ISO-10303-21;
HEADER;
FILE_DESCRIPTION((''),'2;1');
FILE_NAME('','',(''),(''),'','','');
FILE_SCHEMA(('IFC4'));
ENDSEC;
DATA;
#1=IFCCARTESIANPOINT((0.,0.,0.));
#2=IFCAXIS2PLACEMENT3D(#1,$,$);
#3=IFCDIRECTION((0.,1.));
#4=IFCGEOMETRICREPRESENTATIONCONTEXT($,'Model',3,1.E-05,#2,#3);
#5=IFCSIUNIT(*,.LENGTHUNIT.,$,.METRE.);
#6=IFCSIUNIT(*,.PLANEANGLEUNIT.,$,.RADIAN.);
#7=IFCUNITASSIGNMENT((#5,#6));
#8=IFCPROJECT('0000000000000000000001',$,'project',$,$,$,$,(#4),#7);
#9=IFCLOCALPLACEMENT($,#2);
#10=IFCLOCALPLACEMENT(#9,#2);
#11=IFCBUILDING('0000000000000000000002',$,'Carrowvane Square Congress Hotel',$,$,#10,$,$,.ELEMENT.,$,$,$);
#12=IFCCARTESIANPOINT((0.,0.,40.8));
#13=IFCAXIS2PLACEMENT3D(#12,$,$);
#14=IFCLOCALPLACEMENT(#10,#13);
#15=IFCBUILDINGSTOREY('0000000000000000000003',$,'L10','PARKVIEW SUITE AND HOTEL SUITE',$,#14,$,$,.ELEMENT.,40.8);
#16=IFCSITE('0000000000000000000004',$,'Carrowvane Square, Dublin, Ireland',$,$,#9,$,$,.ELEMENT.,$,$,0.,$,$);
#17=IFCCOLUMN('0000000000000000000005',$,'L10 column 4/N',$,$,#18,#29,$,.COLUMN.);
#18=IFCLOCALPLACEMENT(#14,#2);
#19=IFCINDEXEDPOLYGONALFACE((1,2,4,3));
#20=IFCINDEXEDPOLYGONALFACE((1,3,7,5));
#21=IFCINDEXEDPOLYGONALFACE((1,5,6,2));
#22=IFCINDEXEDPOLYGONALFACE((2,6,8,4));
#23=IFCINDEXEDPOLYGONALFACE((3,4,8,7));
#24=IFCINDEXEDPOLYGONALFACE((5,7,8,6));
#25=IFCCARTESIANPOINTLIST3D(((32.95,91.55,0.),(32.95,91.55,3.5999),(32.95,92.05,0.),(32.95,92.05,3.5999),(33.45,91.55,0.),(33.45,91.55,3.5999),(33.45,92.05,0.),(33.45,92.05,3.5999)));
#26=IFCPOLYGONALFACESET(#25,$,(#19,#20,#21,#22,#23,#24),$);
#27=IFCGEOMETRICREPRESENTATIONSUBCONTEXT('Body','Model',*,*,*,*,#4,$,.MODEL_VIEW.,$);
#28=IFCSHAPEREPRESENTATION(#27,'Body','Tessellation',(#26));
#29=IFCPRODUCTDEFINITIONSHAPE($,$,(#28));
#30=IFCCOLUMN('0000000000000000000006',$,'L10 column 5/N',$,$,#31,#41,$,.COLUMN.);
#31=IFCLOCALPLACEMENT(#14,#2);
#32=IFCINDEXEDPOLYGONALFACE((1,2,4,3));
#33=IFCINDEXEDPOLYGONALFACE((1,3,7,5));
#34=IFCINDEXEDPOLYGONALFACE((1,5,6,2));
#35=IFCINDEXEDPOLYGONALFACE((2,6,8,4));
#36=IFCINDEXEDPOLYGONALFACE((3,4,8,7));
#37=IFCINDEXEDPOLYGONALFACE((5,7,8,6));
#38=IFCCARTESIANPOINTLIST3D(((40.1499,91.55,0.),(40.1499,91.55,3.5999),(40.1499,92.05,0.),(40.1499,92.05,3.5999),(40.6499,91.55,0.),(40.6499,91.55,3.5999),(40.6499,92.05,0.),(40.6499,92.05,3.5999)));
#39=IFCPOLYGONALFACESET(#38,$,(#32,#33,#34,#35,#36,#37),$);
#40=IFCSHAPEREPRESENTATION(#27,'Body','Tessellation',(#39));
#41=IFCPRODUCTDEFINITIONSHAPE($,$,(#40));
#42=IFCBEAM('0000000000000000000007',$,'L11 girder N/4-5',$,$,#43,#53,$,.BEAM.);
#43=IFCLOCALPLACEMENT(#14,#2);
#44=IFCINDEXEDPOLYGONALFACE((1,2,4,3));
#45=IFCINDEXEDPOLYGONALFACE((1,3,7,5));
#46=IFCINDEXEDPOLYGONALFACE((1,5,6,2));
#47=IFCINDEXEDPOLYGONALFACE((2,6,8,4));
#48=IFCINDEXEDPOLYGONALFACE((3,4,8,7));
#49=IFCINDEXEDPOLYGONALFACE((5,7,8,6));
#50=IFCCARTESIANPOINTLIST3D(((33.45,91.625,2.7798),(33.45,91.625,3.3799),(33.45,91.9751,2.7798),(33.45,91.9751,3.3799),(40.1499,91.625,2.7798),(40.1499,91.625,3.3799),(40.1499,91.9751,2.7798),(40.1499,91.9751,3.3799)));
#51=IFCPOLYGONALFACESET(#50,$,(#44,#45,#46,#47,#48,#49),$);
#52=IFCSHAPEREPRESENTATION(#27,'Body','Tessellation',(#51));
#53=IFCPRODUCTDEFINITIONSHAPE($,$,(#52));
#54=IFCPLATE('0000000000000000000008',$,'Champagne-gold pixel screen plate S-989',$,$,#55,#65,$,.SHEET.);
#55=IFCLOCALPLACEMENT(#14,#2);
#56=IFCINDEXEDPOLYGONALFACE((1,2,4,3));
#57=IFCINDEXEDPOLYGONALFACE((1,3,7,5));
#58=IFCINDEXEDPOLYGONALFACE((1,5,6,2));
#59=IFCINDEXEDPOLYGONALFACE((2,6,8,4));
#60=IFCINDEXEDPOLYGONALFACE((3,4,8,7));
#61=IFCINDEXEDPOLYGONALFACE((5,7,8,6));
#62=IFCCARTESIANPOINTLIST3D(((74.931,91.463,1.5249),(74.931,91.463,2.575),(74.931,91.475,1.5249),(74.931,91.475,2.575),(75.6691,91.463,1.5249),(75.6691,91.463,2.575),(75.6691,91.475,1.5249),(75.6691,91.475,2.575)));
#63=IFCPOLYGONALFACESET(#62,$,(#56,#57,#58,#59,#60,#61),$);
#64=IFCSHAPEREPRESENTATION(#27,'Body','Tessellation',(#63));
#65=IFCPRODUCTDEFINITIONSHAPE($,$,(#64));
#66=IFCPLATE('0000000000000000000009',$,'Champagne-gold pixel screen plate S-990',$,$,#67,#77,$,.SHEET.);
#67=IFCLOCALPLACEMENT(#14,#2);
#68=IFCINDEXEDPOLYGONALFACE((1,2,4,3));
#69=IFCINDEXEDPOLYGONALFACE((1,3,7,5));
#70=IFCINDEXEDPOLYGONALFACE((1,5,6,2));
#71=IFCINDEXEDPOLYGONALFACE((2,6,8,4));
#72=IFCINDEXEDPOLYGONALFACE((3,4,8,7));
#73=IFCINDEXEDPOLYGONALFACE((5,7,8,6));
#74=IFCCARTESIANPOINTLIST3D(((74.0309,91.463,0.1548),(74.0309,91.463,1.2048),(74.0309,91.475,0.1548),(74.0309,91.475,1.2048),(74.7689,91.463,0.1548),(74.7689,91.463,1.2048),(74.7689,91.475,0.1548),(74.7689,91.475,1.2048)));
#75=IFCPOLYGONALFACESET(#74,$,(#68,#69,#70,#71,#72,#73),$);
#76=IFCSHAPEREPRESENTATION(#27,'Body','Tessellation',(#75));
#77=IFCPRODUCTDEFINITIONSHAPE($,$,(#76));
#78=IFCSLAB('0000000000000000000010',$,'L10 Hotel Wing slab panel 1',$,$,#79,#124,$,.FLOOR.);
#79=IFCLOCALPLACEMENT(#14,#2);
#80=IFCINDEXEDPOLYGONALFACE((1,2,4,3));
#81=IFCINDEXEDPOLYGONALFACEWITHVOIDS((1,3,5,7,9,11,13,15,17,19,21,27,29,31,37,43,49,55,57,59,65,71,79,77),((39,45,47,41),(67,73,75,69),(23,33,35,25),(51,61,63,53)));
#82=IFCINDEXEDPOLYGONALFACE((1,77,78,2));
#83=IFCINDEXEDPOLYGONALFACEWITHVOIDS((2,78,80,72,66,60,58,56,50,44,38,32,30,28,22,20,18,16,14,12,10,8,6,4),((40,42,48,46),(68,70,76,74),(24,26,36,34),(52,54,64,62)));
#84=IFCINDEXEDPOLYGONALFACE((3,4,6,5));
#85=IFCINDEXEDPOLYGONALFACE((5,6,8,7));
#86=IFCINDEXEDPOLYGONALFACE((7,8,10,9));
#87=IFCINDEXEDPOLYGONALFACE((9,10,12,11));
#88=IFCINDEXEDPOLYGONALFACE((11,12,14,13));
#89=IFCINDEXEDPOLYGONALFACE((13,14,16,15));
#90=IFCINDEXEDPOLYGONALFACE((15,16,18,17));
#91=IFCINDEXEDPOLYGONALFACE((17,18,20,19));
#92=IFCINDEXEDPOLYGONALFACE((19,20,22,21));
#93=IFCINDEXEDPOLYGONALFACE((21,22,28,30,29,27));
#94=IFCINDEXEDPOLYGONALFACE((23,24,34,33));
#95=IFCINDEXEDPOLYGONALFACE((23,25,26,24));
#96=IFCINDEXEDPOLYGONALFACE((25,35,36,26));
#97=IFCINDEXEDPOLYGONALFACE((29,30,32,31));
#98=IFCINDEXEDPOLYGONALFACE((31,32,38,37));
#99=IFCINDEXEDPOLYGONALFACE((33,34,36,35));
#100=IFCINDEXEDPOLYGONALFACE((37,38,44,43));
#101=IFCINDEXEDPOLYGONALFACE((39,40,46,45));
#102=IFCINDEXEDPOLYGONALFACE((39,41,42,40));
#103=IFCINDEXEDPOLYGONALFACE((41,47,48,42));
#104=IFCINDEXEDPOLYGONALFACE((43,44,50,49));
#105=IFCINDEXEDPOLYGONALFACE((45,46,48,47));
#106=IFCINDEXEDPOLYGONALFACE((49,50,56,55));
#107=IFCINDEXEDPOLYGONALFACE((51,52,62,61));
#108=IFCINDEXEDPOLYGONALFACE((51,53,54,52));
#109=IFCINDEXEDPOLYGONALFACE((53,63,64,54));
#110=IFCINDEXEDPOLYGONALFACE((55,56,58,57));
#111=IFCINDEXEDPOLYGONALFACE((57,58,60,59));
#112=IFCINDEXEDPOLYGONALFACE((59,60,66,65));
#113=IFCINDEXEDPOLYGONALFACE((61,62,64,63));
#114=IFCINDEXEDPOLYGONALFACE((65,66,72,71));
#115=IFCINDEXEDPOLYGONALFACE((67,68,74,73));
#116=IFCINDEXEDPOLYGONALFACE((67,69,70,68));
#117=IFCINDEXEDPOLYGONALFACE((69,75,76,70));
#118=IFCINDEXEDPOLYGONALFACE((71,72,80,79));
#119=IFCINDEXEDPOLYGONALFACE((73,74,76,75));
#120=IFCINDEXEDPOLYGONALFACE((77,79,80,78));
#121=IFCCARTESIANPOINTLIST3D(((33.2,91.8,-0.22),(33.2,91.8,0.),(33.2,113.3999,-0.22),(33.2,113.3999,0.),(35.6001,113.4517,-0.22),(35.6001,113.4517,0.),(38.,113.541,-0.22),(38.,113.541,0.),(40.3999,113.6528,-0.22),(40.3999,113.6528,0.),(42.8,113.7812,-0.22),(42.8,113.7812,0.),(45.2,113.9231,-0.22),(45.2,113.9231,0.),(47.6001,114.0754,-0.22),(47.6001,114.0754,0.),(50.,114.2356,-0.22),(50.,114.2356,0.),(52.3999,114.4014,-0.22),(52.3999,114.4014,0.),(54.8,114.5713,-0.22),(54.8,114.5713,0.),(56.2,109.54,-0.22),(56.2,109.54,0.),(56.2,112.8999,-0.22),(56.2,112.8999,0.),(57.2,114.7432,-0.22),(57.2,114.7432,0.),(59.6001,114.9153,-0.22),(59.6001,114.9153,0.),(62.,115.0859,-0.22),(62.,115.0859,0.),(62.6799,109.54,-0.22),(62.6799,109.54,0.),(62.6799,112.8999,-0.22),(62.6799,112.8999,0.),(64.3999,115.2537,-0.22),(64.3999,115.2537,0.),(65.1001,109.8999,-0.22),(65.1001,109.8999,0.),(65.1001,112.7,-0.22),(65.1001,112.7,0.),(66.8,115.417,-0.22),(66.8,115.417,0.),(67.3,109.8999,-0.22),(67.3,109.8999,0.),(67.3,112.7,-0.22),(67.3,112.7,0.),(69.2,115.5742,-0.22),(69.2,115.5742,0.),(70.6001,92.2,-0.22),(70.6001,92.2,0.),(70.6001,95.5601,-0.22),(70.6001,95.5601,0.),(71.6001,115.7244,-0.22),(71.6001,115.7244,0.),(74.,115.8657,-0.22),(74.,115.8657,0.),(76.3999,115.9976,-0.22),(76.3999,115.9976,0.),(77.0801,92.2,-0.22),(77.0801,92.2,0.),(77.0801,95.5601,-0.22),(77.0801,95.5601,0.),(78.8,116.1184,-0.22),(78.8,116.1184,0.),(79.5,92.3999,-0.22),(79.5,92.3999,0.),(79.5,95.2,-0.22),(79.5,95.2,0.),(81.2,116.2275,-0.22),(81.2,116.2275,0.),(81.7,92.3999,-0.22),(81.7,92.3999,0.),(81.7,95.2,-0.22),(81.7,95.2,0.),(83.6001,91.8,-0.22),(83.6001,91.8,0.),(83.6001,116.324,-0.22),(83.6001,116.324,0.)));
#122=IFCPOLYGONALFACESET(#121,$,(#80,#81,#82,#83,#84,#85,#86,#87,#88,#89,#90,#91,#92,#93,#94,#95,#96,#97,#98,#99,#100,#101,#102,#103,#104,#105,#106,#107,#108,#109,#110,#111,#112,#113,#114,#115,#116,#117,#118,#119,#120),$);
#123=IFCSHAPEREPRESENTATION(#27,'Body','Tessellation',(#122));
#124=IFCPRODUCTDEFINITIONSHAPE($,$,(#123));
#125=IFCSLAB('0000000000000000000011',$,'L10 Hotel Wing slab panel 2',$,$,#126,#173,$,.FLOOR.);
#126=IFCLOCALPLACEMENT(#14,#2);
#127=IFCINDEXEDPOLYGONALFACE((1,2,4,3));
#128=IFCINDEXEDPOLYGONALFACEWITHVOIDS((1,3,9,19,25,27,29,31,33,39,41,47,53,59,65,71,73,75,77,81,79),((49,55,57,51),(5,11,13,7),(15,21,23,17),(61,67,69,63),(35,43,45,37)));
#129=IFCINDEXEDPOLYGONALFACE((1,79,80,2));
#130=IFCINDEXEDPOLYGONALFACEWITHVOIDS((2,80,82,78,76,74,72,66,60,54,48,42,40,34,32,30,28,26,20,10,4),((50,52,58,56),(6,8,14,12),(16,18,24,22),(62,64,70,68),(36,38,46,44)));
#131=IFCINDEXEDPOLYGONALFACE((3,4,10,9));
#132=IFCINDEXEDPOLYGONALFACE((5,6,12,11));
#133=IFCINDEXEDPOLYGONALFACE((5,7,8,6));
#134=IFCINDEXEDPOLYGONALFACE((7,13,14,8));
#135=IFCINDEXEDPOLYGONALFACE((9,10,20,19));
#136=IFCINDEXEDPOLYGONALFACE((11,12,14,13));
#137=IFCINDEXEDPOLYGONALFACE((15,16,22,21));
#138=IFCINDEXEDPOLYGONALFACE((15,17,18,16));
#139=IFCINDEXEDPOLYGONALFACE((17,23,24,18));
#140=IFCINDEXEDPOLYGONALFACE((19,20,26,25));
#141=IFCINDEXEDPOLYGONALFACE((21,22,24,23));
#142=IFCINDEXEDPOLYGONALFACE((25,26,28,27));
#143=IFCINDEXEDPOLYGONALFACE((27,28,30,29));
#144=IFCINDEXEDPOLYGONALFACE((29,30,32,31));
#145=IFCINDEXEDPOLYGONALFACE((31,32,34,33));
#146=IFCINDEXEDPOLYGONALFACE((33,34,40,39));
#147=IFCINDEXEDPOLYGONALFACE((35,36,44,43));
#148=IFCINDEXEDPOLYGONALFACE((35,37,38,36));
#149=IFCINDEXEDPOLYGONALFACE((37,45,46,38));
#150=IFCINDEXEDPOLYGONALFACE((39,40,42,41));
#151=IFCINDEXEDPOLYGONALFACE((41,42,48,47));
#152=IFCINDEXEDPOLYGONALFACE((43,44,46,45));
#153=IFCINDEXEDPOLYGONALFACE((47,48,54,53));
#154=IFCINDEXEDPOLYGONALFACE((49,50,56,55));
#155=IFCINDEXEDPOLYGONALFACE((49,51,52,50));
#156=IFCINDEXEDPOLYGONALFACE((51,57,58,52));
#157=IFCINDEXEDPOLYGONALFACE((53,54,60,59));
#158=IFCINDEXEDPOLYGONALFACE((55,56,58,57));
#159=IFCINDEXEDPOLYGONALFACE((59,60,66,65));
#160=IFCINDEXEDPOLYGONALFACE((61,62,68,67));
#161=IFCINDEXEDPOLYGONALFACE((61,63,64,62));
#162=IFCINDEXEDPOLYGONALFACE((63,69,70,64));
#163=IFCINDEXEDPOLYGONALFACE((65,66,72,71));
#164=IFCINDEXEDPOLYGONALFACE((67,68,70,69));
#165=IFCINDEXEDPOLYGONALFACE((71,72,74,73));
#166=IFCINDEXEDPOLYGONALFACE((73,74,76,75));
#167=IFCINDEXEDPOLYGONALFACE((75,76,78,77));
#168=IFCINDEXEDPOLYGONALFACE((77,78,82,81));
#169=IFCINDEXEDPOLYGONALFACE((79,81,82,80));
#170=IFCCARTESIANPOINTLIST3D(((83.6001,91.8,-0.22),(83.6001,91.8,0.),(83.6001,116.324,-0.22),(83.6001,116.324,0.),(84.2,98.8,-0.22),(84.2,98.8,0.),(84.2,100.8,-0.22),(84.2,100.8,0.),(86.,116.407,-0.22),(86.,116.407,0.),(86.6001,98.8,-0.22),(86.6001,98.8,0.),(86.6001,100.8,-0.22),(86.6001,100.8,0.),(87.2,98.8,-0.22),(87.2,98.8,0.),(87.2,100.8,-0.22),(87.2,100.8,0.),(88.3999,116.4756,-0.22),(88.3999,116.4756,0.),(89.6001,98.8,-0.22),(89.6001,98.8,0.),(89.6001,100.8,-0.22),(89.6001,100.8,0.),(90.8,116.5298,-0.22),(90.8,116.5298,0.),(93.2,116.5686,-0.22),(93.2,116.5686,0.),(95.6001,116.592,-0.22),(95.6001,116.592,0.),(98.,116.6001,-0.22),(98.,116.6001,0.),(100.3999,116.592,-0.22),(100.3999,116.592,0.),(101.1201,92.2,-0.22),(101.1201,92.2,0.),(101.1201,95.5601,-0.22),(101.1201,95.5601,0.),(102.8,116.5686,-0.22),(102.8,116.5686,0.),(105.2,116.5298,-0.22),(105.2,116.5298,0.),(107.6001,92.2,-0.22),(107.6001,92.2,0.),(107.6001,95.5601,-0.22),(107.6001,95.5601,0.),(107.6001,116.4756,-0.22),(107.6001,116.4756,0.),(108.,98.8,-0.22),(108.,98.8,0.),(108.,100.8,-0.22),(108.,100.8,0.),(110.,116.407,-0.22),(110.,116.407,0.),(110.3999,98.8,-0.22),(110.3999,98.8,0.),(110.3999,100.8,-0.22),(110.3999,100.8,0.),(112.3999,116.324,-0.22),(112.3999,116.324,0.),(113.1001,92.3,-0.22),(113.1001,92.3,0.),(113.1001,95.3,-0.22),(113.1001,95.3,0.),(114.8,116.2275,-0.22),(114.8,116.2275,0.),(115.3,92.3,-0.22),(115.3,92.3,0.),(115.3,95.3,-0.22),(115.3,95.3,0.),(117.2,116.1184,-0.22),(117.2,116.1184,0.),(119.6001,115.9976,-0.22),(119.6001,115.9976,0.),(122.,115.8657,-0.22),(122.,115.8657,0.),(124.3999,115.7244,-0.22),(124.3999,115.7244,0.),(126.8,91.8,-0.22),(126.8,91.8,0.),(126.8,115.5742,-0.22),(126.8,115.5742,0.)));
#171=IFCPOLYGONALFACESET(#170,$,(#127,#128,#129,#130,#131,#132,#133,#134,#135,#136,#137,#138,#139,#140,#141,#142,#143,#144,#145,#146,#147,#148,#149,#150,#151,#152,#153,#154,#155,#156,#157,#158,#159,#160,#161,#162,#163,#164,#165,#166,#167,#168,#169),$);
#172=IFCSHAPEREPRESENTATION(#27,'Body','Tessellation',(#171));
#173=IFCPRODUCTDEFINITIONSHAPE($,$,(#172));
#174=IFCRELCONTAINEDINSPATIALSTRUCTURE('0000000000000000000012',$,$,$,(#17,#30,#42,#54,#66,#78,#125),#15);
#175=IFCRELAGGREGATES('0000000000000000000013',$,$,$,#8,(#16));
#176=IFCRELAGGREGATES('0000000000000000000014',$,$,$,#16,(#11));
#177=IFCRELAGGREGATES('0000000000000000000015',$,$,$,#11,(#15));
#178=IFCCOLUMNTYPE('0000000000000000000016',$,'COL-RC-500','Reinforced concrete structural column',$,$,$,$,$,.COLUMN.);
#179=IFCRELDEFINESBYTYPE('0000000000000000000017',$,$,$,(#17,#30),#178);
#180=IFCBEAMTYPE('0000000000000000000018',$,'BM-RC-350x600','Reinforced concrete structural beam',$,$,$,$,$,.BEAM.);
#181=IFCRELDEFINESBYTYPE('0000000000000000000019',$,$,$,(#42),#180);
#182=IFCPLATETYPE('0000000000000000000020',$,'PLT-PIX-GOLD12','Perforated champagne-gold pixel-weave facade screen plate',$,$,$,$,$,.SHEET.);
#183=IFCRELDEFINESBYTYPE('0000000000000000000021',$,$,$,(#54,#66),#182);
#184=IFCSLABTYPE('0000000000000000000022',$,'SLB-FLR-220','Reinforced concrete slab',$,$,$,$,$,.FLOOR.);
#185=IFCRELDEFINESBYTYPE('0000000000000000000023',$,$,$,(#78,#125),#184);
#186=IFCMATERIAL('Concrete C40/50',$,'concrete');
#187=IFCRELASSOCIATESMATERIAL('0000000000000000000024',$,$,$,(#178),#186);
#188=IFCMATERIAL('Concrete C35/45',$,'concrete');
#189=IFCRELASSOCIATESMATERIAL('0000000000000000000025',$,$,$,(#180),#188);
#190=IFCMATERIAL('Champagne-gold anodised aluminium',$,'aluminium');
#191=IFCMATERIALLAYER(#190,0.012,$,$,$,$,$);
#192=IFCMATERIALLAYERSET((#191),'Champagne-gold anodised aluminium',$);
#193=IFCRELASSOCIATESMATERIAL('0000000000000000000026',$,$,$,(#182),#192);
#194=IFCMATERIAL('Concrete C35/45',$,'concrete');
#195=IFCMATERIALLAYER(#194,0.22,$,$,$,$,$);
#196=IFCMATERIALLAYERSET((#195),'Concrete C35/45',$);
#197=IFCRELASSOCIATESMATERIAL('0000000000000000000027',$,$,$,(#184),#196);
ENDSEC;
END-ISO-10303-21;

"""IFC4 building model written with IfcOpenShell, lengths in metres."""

from ifc_helpers import new_model, si_unit, direction, frame, origin, origin_2d, place, context, subcontext, project, spatial, polyline, rectangle, outline, extrude, material, layer, layer_set, material_profile, profile_set, type_object, element, save


model = new_model("IFC4")

# Units and contexts
model_context = context("Model", 3, precision=1e-05, world=origin(), true_north=direction((0.0, 1.0)))
body_context = subcontext(model_context, "Body", "Model", "MODEL_VIEW")
ifc_project = project(units=[si_unit("LENGTHUNIT", "METRE"), si_unit("PLANEANGLEUNIT", "RADIAN")], contexts=[model_context])

# Site, building, storey
site_placement = place(None, origin())
site = spatial("IfcSite", under=ifc_project, at=site_placement, Name="Carrowvane Square, Dublin, Ireland", CompositionType="ELEMENT", RefElevation=0.0)
building_placement = place(site_placement, origin())
building = spatial("IfcBuilding", under=site, at=building_placement, Name="Carrowvane Square Congress Hotel", CompositionType="ELEMENT")
storey_placement = place(building_placement, frame((0.0, 0.0, 40.8)))
storey = spatial("IfcBuildingStorey", under=building, at=storey_placement, Name="L10", Description="PARKVIEW SUITE AND HOTEL SUITE", CompositionType="ELEMENT", Elevation=40.8)

# Columns
ifc_material_1 = material(Name="Concrete C40/50", Category="concrete")
ifc_material_profile_1 = material_profile(ifc_material_1, rectangle(XDim=0.5, YDim=0.5, at=origin_2d()), Name="RC 500x500")
ifc_profile_set_1 = profile_set([ifc_material_profile_1], Name="Concrete C40/50")
column_type = type_object("IfcColumnType", Name="COL-RC-500", Description="Reinforced concrete structural column", PredefinedType="COLUMN", material=ifc_profile_set_1)
for number, where, z_axis, x_axis, name in (
    (1, (33.2, 91.8, 0.0), (0.0, 0.0, 1.0), (1.0, 0.0, 0.0), "L10 column 4/N"),
    (2, (40.3999, 91.8, 0.0), (0.0, 0.0, 1.0), (1.0, 0.0, 0.0), "L10 column 5/N"),
):
    element("IfcColumn", number, at=place(storey_placement, frame(where, z_axis=z_axis, x_axis=x_axis)), inside=storey, type_object=column_type, Name=name, PredefinedType="COLUMN", context=body_context, shape_type="SweptSolid", body=[
        extrude(rectangle(XDim=0.5, YDim=0.5, at=origin_2d()), origin(), (0.0, 0.0, 1.0), 3.5999),
    ])

# Beam
ifc_material_2 = material(Name="Concrete C35/45", Category="concrete")
ifc_material_profile_2 = material_profile(ifc_material_2, rectangle(XDim=0.3501, YDim=0.6001, at=origin_2d()), Name="RC 350x600")
ifc_profile_set_2 = profile_set([ifc_material_profile_2], Name="Concrete C35/45")
beam_type = type_object("IfcBeamType", Name="BM-RC-350x600", Description="Reinforced concrete structural beam", PredefinedType="BEAM", material=ifc_profile_set_2)
beam_placement = place(storey_placement, frame((33.45, 91.8, 3.0798), z_axis=(1.0, 0.0, 0.0), x_axis=(0.0, 1.0, 0.0)))
element("IfcBeam", 3, at=beam_placement, inside=storey, type_object=beam_type, Name="L11 girder N/4-5", PredefinedType="BEAM", context=body_context, shape_type="SweptSolid", body=[
    extrude(rectangle(XDim=0.3501, YDim=0.6001, at=origin_2d()), origin(), (0.0, 0.0, 1.0), 6.7),
])

# Plates
ifc_material_3 = material(Name="Champagne-gold anodised aluminium", Category="aluminium")
ifc_layer_1 = layer(ifc_material_3, 0.012)
ifc_layer_set_1 = layer_set([ifc_layer_1], Name="Champagne-gold anodised aluminium")
plate_type = type_object("IfcPlateType", Name="PLT-PIX-GOLD12", Description="Perforated champagne-gold pixel-weave facade screen plate", PredefinedType="SHEET", material=ifc_layer_set_1)
for number, where, z_axis, x_axis, name in (
    (4, (75.3, 91.469, 1.5249), (0.0, 0.0, 1.0), (-1.0, 0.0, 0.0), "Champagne-gold pixel screen plate S-989"),
    (5, (74.3999, 91.469, 0.1548), (0.0, 0.0, 1.0), (-1.0, 0.0, 0.0), "Champagne-gold pixel screen plate S-990"),
):
    element("IfcPlate", number, at=place(storey_placement, frame(where, z_axis=z_axis, x_axis=x_axis)), inside=storey, type_object=plate_type, Name=name, PredefinedType="SHEET", context=body_context, shape_type="SweptSolid", body=[
        extrude(rectangle(XDim=0.738, YDim=0.012, at=origin_2d()), origin(), (0.0, 0.0, 1.0), 1.05),
    ])

# Slabs
ifc_material_4 = material(Name="Concrete C35/45", Category="concrete")
ifc_layer_2 = layer(ifc_material_4, 0.22)
ifc_layer_set_2 = layer_set([ifc_layer_2], Name="Concrete C35/45")
slab_type_1 = type_object("IfcSlabType", Name="SLB-FLR-220", Description="Reinforced concrete slab", PredefinedType="FLOOR", material=ifc_layer_set_2)
slab_1_placement = place(storey_placement, frame((0.0, 0.0, -0.22)))
element("IfcSlab", 6, at=slab_1_placement, inside=storey, type_object=slab_type_1, Name="L10 Hotel Wing slab panel 1", PredefinedType="FLOOR", context=body_context, shape_type="SweptSolid", body=[
    extrude(outline(polyline([(33.2, 91.8), (83.6001, 91.8), (83.6001, 116.324), (81.2, 116.2275), (78.8, 116.1184), (76.3999, 115.9976), (74.0, 115.8657), (71.6001, 115.7244), (69.2, 115.5742), (66.8, 115.417), (64.3999, 115.2537), (62.0, 115.0859), (59.6001, 114.9153), (57.2, 114.7432), (54.8, 114.5713), (52.3999, 114.4014), (50.0, 114.2356), (47.6001, 114.0754), (45.2, 113.9231), (42.8, 113.7812), (40.3999, 113.6528), (38.0, 113.541), (35.6001, 113.4517), (33.2, 113.3999), (33.2, 91.8)]), holes=[polyline([(62.6799, 112.8999), (56.2, 112.8999), (56.2, 109.54), (62.6799, 109.54), (62.6799, 112.8999)]), polyline([(77.0801, 95.5601), (70.6001, 95.5601), (70.6001, 92.2), (77.0801, 92.2), (77.0801, 95.5601)]), polyline([(65.1001, 109.8999), (67.3, 109.8999), (67.3, 112.7), (65.1001, 112.7), (65.1001, 109.8999)]), polyline([(79.5, 92.3999), (81.7, 92.3999), (81.7, 95.2), (79.5, 95.2), (79.5, 92.3999)])]), origin(), (0.0, 0.0, 1.0), 0.22),
])
slab_2_placement = place(storey_placement, frame((0.0, 0.0, -0.22)))
element("IfcSlab", 7, at=slab_2_placement, inside=storey, type_object=slab_type_1, Name="L10 Hotel Wing slab panel 2", PredefinedType="FLOOR", context=body_context, shape_type="SweptSolid", body=[
    extrude(outline(polyline([(83.6001, 91.8), (126.8, 91.8), (126.8, 115.5742), (124.3999, 115.7244), (122.0, 115.8657), (119.6001, 115.9976), (117.2, 116.1184), (114.8, 116.2275), (112.3999, 116.324), (110.0, 116.407), (107.6001, 116.4756), (105.2, 116.5298), (102.8, 116.5686), (100.3999, 116.592), (98.0, 116.6001), (95.6001, 116.592), (93.2, 116.5686), (90.8, 116.5298), (88.3999, 116.4756), (86.0, 116.407), (83.6001, 116.324), (83.6001, 91.8)]), holes=[polyline([(101.1201, 92.2), (107.6001, 92.2), (107.6001, 95.5601), (101.1201, 95.5601), (101.1201, 92.2)]), polyline([(84.2, 98.8), (86.6001, 98.8), (86.6001, 100.8), (84.2, 100.8), (84.2, 98.8)]), polyline([(87.2, 98.8), (89.6001, 98.8), (89.6001, 100.8), (87.2, 100.8), (87.2, 98.8)]), polyline([(108.0, 98.8), (110.3999, 98.8), (110.3999, 100.8), (108.0, 100.8), (108.0, 98.8)]), polyline([(113.1001, 92.3), (115.3, 92.3), (115.3, 95.3), (113.1001, 95.3), (113.1001, 92.3)])]), origin(), (0.0, 0.0, 1.0), 0.22),
])

save(model, "model.ifc")
